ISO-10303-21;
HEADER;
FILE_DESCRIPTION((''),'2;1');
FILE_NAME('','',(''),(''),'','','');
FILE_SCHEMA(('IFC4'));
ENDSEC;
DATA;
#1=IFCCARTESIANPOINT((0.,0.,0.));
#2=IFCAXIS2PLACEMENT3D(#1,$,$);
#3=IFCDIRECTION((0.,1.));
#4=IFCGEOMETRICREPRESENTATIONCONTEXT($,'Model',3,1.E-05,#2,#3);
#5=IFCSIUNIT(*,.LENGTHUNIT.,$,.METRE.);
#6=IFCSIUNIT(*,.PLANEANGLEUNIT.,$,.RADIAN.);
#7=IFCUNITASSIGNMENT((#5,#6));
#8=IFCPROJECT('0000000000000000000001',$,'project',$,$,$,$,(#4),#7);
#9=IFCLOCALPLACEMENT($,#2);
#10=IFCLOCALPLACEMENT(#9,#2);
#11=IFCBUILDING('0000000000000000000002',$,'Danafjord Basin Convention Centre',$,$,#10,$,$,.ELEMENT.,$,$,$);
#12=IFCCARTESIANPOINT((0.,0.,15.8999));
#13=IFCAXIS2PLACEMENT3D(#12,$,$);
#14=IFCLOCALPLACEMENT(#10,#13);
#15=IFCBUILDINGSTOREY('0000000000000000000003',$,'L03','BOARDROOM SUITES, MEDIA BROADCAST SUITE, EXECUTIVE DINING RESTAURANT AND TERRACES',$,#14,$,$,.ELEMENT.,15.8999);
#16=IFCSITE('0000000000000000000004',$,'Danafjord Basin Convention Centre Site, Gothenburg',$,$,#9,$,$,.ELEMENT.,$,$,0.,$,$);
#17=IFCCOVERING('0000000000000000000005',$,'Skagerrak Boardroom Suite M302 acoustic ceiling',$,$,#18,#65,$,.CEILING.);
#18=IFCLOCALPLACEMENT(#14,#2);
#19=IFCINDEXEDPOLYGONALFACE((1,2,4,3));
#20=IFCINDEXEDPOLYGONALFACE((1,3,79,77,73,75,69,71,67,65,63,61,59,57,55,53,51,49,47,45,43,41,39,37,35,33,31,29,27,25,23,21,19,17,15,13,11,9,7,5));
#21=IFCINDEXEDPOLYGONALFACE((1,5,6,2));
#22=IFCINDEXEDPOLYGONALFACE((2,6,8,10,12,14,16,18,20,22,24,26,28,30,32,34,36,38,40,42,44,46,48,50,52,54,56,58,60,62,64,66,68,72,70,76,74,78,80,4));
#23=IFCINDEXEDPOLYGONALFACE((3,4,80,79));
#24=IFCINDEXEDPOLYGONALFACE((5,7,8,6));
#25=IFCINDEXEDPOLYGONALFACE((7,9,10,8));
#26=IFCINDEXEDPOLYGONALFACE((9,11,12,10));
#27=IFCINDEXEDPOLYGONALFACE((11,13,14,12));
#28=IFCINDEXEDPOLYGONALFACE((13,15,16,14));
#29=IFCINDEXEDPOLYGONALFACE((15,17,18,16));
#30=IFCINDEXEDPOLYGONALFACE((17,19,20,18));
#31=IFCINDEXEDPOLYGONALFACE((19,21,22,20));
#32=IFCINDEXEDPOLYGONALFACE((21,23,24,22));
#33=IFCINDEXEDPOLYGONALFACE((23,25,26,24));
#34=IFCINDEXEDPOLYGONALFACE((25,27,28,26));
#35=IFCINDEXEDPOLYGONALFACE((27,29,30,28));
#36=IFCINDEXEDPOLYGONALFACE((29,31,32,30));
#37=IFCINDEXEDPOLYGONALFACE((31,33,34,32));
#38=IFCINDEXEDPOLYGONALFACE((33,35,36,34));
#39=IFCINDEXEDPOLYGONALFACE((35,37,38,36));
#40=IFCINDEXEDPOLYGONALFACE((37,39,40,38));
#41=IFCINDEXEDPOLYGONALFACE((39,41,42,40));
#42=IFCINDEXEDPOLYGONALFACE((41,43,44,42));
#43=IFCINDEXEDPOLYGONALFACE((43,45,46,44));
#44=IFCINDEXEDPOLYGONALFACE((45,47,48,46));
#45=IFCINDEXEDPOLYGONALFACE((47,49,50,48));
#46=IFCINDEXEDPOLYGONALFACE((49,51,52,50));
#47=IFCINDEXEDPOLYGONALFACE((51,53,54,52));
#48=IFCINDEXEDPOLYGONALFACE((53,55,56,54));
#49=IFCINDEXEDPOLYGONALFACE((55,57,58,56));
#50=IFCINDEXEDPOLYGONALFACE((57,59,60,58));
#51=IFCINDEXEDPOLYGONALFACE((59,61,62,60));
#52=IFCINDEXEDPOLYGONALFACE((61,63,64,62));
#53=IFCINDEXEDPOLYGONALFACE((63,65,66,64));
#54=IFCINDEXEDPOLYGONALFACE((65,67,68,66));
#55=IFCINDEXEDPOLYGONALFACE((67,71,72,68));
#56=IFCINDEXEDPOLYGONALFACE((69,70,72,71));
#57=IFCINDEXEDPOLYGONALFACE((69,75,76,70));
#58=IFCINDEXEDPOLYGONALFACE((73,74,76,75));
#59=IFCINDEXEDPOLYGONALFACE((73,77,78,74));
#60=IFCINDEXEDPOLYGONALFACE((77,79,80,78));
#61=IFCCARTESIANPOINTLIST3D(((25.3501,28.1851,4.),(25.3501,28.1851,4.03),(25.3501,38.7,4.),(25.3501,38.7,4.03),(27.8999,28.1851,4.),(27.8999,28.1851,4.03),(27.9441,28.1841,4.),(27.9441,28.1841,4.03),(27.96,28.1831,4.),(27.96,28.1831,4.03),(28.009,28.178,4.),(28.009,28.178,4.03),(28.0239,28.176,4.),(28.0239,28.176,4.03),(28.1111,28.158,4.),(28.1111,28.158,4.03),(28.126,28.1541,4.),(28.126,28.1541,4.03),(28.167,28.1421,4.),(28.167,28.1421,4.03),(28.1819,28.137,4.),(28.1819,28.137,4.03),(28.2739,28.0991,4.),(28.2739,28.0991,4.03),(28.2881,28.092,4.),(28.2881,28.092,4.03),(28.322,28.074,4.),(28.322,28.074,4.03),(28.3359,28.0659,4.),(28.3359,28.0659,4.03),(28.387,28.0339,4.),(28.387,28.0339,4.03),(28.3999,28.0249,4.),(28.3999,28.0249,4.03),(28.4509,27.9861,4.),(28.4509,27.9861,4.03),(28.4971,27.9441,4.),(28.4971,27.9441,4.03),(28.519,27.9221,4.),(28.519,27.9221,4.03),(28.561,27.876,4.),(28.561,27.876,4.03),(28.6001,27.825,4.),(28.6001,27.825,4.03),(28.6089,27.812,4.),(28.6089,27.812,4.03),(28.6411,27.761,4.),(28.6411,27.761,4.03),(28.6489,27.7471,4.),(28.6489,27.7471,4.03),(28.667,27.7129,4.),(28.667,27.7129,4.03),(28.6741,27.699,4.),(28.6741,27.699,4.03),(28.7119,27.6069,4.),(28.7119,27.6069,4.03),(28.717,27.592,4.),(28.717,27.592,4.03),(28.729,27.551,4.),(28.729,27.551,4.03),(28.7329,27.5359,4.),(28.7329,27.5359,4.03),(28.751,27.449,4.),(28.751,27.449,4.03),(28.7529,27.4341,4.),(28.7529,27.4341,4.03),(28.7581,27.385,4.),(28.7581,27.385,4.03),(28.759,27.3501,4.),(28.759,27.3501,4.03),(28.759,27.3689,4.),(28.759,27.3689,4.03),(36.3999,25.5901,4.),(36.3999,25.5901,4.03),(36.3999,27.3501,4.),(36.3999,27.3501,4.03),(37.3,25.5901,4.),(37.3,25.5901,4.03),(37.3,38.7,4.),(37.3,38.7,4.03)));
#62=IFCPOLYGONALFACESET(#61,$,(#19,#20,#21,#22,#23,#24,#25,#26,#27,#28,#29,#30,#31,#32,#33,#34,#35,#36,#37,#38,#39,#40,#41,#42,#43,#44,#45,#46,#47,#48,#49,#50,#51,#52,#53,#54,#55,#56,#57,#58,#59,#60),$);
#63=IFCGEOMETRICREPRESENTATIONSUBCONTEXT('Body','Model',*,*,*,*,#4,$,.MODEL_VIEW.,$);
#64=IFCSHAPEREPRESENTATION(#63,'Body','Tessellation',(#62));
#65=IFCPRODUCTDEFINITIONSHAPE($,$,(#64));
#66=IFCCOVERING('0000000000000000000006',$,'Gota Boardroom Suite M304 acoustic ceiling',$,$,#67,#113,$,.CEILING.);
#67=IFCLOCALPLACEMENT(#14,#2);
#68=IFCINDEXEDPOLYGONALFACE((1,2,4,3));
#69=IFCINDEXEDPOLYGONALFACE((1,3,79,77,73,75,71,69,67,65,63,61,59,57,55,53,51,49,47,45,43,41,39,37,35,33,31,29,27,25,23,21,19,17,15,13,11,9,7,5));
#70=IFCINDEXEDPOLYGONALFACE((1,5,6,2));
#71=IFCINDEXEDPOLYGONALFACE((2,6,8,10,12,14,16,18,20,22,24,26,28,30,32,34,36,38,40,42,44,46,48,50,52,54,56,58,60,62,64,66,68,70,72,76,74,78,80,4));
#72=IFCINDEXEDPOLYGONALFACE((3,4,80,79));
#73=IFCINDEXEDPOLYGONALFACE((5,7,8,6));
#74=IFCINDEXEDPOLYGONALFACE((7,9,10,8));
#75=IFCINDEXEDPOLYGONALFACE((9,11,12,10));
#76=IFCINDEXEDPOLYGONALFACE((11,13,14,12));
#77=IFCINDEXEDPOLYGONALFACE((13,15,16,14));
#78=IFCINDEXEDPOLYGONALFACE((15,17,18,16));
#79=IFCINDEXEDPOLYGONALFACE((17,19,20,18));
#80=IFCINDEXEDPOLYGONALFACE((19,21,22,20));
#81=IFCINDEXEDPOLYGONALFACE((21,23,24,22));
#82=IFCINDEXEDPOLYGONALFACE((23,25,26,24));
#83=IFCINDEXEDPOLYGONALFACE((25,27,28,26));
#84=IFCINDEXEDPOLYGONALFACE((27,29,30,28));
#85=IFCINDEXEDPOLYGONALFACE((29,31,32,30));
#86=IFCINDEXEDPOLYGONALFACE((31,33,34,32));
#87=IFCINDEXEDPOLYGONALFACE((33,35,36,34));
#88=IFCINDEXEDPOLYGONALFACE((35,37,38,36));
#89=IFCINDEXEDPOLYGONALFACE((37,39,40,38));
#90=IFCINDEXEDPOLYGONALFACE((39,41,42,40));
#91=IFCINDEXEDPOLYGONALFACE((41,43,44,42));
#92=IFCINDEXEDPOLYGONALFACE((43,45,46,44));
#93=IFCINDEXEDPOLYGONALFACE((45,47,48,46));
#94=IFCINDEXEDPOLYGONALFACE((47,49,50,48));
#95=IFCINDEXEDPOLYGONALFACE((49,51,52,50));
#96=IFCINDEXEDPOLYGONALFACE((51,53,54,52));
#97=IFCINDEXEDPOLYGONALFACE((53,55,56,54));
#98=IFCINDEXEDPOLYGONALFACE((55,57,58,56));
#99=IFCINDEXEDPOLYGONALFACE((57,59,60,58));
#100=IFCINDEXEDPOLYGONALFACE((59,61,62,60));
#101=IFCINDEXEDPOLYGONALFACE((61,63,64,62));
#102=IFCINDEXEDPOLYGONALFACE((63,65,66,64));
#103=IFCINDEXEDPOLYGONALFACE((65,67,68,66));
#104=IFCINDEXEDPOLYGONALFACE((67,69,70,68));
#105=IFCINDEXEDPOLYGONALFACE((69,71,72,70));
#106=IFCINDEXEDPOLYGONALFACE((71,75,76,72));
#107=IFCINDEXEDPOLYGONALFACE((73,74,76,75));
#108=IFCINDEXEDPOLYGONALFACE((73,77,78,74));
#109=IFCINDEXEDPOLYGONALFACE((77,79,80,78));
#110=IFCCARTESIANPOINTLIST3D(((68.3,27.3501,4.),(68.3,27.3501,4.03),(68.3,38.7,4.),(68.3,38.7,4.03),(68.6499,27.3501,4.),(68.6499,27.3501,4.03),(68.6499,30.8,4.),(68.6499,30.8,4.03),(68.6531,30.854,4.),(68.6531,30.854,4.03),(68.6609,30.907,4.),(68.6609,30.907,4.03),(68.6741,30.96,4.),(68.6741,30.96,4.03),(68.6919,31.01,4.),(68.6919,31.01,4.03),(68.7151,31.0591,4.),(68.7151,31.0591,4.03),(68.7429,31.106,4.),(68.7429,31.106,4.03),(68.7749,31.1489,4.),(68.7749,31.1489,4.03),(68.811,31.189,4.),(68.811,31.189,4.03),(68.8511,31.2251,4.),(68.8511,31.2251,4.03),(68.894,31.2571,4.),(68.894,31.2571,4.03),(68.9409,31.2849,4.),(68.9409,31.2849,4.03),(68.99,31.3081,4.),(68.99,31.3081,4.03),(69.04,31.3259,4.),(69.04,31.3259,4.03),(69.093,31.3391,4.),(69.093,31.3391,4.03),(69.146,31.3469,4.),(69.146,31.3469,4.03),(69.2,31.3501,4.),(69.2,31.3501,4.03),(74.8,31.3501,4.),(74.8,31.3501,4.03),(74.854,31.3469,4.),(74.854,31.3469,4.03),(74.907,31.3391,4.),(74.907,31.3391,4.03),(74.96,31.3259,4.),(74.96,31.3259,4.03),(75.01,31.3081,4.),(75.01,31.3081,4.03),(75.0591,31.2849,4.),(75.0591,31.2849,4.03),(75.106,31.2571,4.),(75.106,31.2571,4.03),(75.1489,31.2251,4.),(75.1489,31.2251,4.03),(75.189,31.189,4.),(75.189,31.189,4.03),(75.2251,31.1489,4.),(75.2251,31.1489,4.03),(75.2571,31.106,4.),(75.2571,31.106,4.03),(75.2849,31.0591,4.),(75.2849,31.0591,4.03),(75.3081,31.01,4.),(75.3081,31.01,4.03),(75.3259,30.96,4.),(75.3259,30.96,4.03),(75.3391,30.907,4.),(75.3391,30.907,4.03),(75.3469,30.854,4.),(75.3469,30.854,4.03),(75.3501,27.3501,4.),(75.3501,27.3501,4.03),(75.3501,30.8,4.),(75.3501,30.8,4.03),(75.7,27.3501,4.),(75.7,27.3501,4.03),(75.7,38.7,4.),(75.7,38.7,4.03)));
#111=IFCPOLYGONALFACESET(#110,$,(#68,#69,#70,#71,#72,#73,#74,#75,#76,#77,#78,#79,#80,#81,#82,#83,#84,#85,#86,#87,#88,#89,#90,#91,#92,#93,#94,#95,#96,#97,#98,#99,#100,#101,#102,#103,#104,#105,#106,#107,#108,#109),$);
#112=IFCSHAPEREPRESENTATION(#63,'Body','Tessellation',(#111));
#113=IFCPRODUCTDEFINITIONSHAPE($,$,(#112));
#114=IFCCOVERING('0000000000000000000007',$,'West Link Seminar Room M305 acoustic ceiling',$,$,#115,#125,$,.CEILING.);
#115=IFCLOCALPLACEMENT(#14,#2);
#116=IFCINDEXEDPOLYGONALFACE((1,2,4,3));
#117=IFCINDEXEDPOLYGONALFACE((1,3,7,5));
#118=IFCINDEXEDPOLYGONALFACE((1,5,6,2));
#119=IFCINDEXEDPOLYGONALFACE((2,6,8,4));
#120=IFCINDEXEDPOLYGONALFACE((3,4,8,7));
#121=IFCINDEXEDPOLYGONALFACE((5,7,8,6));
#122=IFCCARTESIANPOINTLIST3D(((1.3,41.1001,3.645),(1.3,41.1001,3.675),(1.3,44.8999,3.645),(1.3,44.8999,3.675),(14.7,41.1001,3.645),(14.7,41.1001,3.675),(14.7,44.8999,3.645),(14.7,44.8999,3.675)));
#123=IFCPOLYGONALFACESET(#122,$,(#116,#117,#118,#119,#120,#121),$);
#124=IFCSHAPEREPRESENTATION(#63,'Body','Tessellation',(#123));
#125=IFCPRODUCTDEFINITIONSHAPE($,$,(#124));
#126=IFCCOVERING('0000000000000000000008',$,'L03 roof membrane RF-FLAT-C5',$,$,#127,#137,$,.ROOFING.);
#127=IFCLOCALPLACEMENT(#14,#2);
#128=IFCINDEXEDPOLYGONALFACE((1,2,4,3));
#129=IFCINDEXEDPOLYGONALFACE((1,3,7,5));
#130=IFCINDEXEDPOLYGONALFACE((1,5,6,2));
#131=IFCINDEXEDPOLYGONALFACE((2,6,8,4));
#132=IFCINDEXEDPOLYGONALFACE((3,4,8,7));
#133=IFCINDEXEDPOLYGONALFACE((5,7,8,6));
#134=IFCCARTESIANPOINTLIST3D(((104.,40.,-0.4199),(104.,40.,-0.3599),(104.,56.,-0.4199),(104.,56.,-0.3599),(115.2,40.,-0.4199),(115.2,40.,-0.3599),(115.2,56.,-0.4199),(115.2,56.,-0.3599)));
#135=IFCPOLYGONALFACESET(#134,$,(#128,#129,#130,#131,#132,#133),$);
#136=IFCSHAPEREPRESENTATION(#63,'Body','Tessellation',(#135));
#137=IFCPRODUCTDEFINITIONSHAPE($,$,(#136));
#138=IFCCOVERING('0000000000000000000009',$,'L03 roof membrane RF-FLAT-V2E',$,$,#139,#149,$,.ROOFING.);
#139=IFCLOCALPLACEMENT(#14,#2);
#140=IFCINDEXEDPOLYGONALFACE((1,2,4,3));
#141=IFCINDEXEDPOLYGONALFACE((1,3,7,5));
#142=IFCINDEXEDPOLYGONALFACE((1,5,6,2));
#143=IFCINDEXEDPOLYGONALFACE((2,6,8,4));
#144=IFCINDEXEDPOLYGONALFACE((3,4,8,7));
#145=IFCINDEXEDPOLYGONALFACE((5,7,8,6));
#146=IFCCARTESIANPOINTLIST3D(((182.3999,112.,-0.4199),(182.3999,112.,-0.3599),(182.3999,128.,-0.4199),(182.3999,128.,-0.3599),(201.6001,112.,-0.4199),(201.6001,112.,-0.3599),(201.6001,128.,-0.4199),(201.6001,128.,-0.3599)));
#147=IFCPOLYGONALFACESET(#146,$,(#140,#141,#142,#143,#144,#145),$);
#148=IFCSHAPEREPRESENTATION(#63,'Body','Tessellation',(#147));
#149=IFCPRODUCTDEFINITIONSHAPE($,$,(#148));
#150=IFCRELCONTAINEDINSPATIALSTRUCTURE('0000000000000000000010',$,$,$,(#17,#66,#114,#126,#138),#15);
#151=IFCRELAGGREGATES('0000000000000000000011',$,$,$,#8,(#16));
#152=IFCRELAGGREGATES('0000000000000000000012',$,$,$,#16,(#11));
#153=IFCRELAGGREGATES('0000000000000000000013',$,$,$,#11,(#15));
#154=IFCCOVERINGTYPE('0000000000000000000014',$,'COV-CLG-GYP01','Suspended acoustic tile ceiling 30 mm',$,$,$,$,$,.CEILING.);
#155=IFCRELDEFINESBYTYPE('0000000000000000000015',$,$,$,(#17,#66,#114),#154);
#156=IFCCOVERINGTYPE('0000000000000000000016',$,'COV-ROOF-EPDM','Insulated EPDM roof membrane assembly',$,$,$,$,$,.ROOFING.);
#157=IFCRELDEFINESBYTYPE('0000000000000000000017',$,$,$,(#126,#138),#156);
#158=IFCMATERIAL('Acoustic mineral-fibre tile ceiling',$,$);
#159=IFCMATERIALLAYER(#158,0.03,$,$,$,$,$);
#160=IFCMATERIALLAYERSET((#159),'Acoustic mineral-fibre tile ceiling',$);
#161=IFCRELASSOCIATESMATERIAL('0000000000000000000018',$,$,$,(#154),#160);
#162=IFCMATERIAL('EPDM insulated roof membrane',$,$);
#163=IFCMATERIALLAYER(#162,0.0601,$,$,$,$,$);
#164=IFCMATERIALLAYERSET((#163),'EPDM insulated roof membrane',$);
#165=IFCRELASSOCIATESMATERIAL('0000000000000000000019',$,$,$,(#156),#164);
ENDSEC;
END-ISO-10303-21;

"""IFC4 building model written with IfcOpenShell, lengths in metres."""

from ifc_helpers import new_model, si_unit, direction, frame, origin, place, context, subcontext, project, spatial, polyline, outline, extrude, material, layer, layer_set, type_object, element, save


model = new_model("IFC4")

# Units and contexts
model_context = context("Model", 3, precision=1e-05, world=origin(), true_north=direction((0.0, 1.0)))
body_context = subcontext(model_context, "Body", "Model", "MODEL_VIEW")
ifc_project = project(units=[si_unit("LENGTHUNIT", "METRE"), si_unit("PLANEANGLEUNIT", "RADIAN")], contexts=[model_context])

# Site, building, storey
site_placement = place(None, origin())
site = spatial("IfcSite", under=ifc_project, at=site_placement, Name="Danafjord Basin Convention Centre Site, Gothenburg", CompositionType="ELEMENT", RefElevation=0.0)
building_placement = place(site_placement, origin())
building = spatial("IfcBuilding", under=site, at=building_placement, Name="Danafjord Basin Convention Centre", CompositionType="ELEMENT")
storey_placement = place(building_placement, frame((0.0, 0.0, 15.8999)))
storey = spatial("IfcBuildingStorey", under=building, at=storey_placement, Name="L03", Description="BOARDROOM SUITES, MEDIA BROADCAST SUITE, EXECUTIVE DINING RESTAURANT AND TERRACES", CompositionType="ELEMENT", Elevation=15.8999)

# Coverings
ifc_material_1 = material(Name="Acoustic mineral-fibre tile ceiling")
ifc_layer_1 = layer(ifc_material_1, 0.03)
ifc_layer_set_1 = layer_set([ifc_layer_1], Name="Acoustic mineral-fibre tile ceiling")
covering_type_1 = type_object("IfcCoveringType", Name="COV-CLG-GYP01", Description="Suspended acoustic tile ceiling 30 mm", PredefinedType="CEILING", material=ifc_layer_set_1)
covering_1_placement = place(storey_placement, frame((0.0, 0.0, 4.0)))
element("IfcCovering", 1, at=covering_1_placement, inside=storey, type_object=covering_type_1, Name="Skagerrak Boardroom Suite M302 acoustic ceiling", PredefinedType="CEILING", context=body_context, shape_type="SweptSolid", body=[
    extrude(outline(polyline([(28.759, 27.3689), (28.7581, 27.385), (28.7529, 27.4341), (28.751, 27.449), (28.7329, 27.5359), (28.729, 27.551), (28.717, 27.592), (28.7119, 27.6069), (28.6741, 27.699), (28.667, 27.7129), (28.6489, 27.7471), (28.6411, 27.761), (28.6089, 27.812), (28.6001, 27.825), (28.561, 27.876), (28.519, 27.9221), (28.4971, 27.9441), (28.4509, 27.9861), (28.3999, 28.0249), (28.387, 28.0339), (28.3359, 28.0659), (28.322, 28.074), (28.2881, 28.092), (28.2739, 28.0991), (28.1819, 28.137), (28.167, 28.1421), (28.126, 28.1541), (28.1111, 28.158), (28.0239, 28.176), (28.009, 28.178), (27.96, 28.1831), (27.9441, 28.1841), (27.8999, 28.1851), (25.3501, 28.1851), (25.3501, 38.7), (37.3, 38.7), (37.3, 25.5901), (36.3999, 25.5901), (36.3999, 27.3501), (28.759, 27.3501), (28.759, 27.3689)])), origin(), (0.0, 0.0, 1.0), 0.03),
])
covering_2_placement = place(storey_placement, frame((0.0, 0.0, 4.0)))
element("IfcCovering", 2, at=covering_2_placement, inside=storey, type_object=covering_type_1, Name="Gota Boardroom Suite M304 acoustic ceiling", PredefinedType="CEILING", context=body_context, shape_type="SweptSolid", body=[
    extrude(outline(polyline([(75.7, 38.7), (75.7, 27.3501), (75.3501, 27.3501), (75.3501, 30.8), (75.3469, 30.854), (75.3391, 30.907), (75.3259, 30.96), (75.3081, 31.01), (75.2849, 31.0591), (75.2571, 31.106), (75.2251, 31.1489), (75.189, 31.189), (75.1489, 31.2251), (75.106, 31.2571), (75.0591, 31.2849), (75.01, 31.3081), (74.96, 31.3259), (74.907, 31.3391), (74.854, 31.3469), (74.8, 31.3501), (69.2, 31.3501), (69.146, 31.3469), (69.093, 31.3391), (69.04, 31.3259), (68.99, 31.3081), (68.9409, 31.2849), (68.894, 31.2571), (68.8511, 31.2251), (68.811, 31.189), (68.7749, 31.1489), (68.7429, 31.106), (68.7151, 31.0591), (68.6919, 31.01), (68.6741, 30.96), (68.6609, 30.907), (68.6531, 30.854), (68.6499, 30.8), (68.6499, 27.3501), (68.3, 27.3501), (68.3, 38.7), (75.7, 38.7)])), origin(), (0.0, 0.0, 1.0), 0.03),
])
covering_3_placement = place(storey_placement, frame((0.0, 0.0, 3.645)))
element("IfcCovering", 3, at=covering_3_placement, inside=storey, type_object=covering_type_1, Name="West Link Seminar Room M305 acoustic ceiling", PredefinedType="CEILING", context=body_context, shape_type="SweptSolid", body=[
    extrude(outline(polyline([(14.7, 44.8999), (14.7, 41.1001), (1.3, 41.1001), (1.3, 44.8999), (14.7, 44.8999)])), origin(), (0.0, 0.0, 1.0), 0.03),
])
ifc_material_2 = material(Name="EPDM insulated roof membrane")
ifc_layer_2 = layer(ifc_material_2, 0.0601)
ifc_layer_set_2 = layer_set([ifc_layer_2], Name="EPDM insulated roof membrane")
covering_type_2 = type_object("IfcCoveringType", Name="COV-ROOF-EPDM", Description="Insulated EPDM roof membrane assembly", PredefinedType="ROOFING", material=ifc_layer_set_2)
covering_4_placement = place(storey_placement, frame((0.0, 0.0, -0.4199)))
element("IfcCovering", 4, at=covering_4_placement, inside=storey, type_object=covering_type_2, Name="L03 roof membrane RF-FLAT-C5", PredefinedType="ROOFING", context=body_context, shape_type="SweptSolid", body=[
    extrude(outline(polyline([(104.0, 40.0), (104.0, 56.0), (115.2, 56.0), (115.2, 40.0), (104.0, 40.0)])), origin(), (0.0, 0.0, 1.0), 0.0601),
])
covering_5_placement = place(storey_placement, frame((0.0, 0.0, -0.4199)))
element("IfcCovering", 5, at=covering_5_placement, inside=storey, type_object=covering_type_2, Name="L03 roof membrane RF-FLAT-V2E", PredefinedType="ROOFING", context=body_context, shape_type="SweptSolid", body=[
    extrude(outline(polyline([(182.3999, 112.0), (182.3999, 128.0), (201.6001, 128.0), (201.6001, 112.0), (182.3999, 112.0)])), origin(), (0.0, 0.0, 1.0), 0.0601),
])

save(model, "model.ifc")
